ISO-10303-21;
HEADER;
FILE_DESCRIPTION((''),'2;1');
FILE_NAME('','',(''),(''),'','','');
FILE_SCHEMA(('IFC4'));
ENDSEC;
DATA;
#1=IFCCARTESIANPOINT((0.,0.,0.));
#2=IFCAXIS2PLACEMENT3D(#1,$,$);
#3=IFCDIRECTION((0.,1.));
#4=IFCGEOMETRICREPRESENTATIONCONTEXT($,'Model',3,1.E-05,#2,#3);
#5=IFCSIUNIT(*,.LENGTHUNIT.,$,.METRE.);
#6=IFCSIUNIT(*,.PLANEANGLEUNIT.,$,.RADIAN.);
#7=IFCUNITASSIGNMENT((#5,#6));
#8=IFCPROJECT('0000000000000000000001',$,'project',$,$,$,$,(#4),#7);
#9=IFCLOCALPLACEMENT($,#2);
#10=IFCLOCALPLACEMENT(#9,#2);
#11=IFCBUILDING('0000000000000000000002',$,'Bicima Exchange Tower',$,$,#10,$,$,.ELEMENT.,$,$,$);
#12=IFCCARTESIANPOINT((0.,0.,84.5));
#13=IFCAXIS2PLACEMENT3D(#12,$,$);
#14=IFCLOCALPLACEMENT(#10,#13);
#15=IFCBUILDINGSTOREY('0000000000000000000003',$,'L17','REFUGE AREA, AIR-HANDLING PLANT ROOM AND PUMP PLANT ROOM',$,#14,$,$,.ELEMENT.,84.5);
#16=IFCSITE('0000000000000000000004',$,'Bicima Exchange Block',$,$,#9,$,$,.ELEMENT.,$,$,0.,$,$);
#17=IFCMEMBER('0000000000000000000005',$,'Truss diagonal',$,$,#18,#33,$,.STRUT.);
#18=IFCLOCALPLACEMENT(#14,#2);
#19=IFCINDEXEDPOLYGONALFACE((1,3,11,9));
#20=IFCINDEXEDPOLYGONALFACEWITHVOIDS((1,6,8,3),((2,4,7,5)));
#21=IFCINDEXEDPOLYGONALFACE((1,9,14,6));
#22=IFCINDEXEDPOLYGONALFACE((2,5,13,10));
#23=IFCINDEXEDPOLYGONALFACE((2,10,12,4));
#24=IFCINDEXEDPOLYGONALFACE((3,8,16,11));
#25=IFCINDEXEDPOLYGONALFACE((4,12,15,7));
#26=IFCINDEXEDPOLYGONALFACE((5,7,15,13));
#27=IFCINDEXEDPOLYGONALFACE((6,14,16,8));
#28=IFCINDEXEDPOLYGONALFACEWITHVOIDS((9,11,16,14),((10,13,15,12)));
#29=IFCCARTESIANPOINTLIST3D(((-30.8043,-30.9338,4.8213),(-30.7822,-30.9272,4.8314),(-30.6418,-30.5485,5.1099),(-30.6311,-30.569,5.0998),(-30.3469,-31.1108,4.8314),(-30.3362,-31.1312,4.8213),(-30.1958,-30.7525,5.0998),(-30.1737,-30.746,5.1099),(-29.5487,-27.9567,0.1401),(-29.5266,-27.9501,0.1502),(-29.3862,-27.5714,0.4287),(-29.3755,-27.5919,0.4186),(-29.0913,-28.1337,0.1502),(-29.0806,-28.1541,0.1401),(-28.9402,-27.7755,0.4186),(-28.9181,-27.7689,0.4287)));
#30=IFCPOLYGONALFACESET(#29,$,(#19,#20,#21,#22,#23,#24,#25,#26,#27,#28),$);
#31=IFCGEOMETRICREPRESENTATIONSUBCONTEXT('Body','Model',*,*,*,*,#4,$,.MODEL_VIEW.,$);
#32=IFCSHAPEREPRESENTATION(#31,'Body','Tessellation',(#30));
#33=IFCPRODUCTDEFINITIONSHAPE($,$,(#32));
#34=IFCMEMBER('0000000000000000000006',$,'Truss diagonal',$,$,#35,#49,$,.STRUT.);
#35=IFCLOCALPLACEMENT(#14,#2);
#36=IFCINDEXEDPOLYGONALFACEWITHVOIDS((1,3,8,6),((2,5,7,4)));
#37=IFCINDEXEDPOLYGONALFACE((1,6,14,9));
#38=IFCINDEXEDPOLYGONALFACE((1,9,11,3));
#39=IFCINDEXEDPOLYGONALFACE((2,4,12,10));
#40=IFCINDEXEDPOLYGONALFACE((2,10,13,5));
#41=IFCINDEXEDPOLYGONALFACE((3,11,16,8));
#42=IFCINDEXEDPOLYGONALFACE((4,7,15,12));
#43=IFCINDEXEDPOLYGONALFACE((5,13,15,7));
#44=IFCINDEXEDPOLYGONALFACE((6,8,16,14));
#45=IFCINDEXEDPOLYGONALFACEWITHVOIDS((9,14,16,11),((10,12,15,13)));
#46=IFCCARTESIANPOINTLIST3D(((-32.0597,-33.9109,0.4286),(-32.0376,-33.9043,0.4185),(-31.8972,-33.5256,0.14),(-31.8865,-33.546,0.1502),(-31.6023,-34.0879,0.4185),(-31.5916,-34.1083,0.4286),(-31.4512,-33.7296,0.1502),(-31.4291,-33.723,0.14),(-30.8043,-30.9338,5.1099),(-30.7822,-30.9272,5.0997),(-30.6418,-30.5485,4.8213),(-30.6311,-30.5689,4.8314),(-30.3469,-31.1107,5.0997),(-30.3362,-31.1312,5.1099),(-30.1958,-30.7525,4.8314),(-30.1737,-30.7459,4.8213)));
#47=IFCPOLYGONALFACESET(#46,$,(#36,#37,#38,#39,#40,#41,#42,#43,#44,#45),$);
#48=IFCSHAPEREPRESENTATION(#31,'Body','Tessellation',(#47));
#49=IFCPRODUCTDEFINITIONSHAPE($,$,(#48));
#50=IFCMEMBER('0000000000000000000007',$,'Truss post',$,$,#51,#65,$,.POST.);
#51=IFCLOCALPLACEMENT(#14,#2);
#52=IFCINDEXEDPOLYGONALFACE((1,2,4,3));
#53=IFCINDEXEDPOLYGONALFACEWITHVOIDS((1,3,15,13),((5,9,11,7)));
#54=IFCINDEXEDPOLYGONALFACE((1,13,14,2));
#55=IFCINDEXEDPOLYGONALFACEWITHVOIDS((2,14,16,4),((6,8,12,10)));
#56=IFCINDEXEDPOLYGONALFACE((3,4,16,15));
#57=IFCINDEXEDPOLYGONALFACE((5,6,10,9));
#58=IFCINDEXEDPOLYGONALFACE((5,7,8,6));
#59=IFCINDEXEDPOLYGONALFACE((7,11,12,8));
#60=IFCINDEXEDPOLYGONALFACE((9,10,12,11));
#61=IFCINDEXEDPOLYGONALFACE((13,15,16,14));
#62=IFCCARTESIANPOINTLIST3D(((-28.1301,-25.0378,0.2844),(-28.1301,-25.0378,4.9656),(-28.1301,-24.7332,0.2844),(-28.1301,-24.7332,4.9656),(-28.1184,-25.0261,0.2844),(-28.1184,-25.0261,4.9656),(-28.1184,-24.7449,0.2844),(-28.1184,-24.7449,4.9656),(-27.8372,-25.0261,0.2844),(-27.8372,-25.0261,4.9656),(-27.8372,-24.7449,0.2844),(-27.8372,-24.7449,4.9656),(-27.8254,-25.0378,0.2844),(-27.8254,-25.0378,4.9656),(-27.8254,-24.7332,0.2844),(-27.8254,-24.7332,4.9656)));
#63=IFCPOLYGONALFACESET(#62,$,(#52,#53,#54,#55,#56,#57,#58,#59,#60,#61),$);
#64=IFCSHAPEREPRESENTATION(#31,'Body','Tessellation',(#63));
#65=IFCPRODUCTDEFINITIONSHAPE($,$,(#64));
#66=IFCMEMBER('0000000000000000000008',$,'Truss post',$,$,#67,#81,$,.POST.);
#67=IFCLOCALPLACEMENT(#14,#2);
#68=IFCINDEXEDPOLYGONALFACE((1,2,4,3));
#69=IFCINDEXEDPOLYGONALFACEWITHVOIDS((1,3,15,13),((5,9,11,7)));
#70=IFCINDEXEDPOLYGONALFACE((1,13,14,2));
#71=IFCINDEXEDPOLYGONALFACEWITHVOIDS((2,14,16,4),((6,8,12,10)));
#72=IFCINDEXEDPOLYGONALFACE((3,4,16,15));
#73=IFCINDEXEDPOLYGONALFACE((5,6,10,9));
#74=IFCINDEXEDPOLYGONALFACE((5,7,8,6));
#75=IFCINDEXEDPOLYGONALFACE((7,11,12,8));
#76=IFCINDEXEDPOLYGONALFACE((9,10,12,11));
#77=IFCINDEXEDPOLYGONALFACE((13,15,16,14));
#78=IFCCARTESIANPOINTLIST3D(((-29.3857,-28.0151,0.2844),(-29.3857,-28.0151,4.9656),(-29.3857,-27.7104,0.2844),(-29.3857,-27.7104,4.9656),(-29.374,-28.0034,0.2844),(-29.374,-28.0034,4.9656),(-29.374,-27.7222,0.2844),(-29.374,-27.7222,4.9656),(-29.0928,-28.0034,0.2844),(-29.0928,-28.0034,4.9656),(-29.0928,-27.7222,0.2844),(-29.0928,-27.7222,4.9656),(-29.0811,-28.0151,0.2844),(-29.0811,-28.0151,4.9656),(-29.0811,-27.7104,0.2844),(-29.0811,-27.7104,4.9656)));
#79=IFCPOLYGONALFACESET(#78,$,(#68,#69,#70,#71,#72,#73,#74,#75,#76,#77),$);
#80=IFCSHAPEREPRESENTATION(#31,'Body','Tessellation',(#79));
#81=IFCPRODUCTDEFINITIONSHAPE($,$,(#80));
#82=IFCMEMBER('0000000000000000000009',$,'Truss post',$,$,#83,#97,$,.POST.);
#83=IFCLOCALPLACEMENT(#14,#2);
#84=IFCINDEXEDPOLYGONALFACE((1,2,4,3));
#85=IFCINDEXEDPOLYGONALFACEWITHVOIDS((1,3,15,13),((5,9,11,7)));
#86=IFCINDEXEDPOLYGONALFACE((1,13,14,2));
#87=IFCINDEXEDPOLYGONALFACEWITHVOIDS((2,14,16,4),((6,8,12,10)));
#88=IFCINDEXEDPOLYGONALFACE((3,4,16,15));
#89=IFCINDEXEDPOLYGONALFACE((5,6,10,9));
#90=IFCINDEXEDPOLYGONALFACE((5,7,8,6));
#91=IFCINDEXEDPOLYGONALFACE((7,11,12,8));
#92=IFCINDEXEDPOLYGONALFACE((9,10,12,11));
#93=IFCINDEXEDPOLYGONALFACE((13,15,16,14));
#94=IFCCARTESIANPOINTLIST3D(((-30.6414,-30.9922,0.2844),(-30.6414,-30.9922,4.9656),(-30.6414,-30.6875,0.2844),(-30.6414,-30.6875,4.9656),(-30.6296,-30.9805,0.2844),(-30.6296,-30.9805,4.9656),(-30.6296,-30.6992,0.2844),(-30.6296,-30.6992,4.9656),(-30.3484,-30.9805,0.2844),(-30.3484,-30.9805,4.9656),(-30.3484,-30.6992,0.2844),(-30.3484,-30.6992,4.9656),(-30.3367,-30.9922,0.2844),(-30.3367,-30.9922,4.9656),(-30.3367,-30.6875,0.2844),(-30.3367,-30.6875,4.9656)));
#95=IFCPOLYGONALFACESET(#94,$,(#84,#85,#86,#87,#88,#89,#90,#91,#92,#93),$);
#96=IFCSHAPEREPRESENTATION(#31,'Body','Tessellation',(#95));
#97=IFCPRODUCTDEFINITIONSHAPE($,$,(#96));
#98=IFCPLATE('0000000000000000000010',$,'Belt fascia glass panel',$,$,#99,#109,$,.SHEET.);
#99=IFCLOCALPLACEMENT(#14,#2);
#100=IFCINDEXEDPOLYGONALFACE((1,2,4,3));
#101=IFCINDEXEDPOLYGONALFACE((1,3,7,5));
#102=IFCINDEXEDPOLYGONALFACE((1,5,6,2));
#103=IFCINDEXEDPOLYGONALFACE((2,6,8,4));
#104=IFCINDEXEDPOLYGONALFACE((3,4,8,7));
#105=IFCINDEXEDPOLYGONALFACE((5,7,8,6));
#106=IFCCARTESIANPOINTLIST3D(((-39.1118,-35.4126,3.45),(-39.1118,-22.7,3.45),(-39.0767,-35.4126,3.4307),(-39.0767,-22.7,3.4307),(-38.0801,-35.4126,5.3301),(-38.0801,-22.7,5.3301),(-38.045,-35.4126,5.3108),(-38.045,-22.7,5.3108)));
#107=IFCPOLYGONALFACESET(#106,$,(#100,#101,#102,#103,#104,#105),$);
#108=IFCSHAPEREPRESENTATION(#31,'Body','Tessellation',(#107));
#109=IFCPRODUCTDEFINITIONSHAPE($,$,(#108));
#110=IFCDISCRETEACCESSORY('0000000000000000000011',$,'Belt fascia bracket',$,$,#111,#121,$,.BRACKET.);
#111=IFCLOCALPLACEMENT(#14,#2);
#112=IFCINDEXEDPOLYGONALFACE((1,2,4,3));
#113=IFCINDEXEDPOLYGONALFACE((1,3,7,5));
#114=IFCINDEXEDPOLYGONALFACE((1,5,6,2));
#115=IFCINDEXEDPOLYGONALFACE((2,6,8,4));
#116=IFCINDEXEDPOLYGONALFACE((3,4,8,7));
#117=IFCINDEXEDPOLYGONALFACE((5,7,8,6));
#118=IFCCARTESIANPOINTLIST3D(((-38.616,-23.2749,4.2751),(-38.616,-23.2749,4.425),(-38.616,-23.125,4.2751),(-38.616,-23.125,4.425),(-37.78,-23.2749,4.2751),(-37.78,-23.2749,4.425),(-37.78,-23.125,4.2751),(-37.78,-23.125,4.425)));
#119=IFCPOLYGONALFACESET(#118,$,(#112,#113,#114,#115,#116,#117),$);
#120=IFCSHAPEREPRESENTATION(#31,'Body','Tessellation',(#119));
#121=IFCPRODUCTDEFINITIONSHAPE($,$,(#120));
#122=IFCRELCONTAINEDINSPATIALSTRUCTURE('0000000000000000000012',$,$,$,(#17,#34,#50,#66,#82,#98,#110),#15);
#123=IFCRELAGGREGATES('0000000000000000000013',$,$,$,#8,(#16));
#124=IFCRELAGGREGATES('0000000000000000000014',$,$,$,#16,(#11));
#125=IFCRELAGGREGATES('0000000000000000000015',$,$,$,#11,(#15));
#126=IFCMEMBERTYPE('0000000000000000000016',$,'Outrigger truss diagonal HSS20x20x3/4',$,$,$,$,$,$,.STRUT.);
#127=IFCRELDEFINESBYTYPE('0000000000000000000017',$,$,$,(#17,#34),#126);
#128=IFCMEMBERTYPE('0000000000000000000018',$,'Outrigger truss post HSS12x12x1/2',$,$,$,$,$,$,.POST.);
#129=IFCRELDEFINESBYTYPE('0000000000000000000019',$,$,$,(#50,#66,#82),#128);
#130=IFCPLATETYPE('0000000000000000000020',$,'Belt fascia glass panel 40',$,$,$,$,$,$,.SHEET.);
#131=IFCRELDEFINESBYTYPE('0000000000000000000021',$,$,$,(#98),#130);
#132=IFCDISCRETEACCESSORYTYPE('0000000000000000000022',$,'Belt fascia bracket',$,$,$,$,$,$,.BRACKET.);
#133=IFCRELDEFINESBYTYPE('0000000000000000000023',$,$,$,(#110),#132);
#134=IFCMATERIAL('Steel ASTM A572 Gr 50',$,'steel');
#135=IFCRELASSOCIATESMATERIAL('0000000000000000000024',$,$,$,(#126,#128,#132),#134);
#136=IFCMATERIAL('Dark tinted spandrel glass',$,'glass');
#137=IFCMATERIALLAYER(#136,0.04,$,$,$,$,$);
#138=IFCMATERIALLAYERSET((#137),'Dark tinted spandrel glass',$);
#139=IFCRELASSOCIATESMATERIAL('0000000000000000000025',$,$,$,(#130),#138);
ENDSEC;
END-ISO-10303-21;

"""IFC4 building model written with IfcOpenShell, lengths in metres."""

from ifc_helpers import new_model, si_unit, direction, frame, origin, origin_2d, place, context, subcontext, project, spatial, polyline, rectangle, hollow_rectangle, outline, extrude, material, layer, layer_set, material_profile, profile_set, type_object, element, save


model = new_model("IFC4")

# Units and contexts
model_context = context("Model", 3, precision=1e-05, world=origin(), true_north=direction((0.0, 1.0)))
body_context = subcontext(model_context, "Body", "Model", "MODEL_VIEW")
ifc_project = project(units=[si_unit("LENGTHUNIT", "METRE"), si_unit("PLANEANGLEUNIT", "RADIAN")], contexts=[model_context])

# Site, building, storey
site_placement = place(None, origin())
site = spatial("IfcSite", under=ifc_project, at=site_placement, Name="Bicima Exchange Block", CompositionType="ELEMENT", RefElevation=0.0)
building_placement = place(site_placement, origin())
building = spatial("IfcBuilding", under=site, at=building_placement, Name="Bicima Exchange Tower", CompositionType="ELEMENT")
storey_placement = place(building_placement, frame((0.0, 0.0, 84.5)))
storey = spatial("IfcBuildingStorey", under=building, at=storey_placement, Name="L17", Description="REFUGE AREA, AIR-HANDLING PLANT ROOM AND PUMP PLANT ROOM", CompositionType="ELEMENT", Elevation=84.5)

# Shared definitions
ifc_material_1 = material(Name="Steel ASTM A572 Gr 50", Category="steel")

# Members
ifc_material_profile_1 = material_profile(ifc_material_1, hollow_rectangle(XDim=0.5081, YDim=0.5081, WallThickness=0.0178, at=origin_2d()))
ifc_profile_set_1 = profile_set([ifc_material_profile_1], Name="Steel ASTM A572 Gr 50")
member_type_1 = type_object("IfcMemberType", Name="Outrigger truss diagonal HSS20x20x3/4", PredefinedType="STRUT", material=ifc_profile_set_1)
for number, where, z_axis, x_axis, name in (
    (1, (-29.2334, -27.8628, 0.2844), (-0.220751, -0.523398, 0.822997), (0.921401, -0.388614, 0.0), "Truss diagonal"),
    (2, (-30.489, -30.8398, 4.9656), (-0.22071, -0.523403, -0.823005), (0.921428, -0.38855, 0.0), "Truss diagonal"),
):
    element("IfcMember", number, at=place(storey_placement, frame(where, z_axis=z_axis, x_axis=x_axis)), inside=storey, type_object=member_type_1, Name=name, PredefinedType="STRUT", context=body_context, shape_type="SweptSolid", body=[
        extrude(hollow_rectangle(XDim=0.5081, YDim=0.5081, WallThickness=0.0178, at=origin_2d()), origin(), (0.0, 0.0, 1.0), 5.688),
    ])
ifc_material_profile_2 = material_profile(ifc_material_1, hollow_rectangle(XDim=0.3047, YDim=0.3047, WallThickness=0.0117, at=origin_2d()))
ifc_profile_set_2 = profile_set([ifc_material_profile_2], Name="Steel ASTM A572 Gr 50")
member_type_2 = type_object("IfcMemberType", Name="Outrigger truss post HSS12x12x1/2", PredefinedType="POST", material=ifc_profile_set_2)
for number, where, z_axis, x_axis, name in (
    (3, (-27.9778, -24.8855, 0.2844), (0.0, 0.0, 1.0), (1.0, 0.0, 0.0), "Truss post"),
    (4, (-29.2334, -27.8628, 0.2844), (0.0, 0.0, 1.0), (1.0, 0.0, 0.0), "Truss post"),
    (5, (-30.489, -30.8398, 0.2844), (0.0, 0.0, 1.0), (1.0, 0.0, 0.0), "Truss post"),
):
    element("IfcMember", number, at=place(storey_placement, frame(where, z_axis=z_axis, x_axis=x_axis)), inside=storey, type_object=member_type_2, Name=name, PredefinedType="POST", context=body_context, shape_type="SweptSolid", body=[
        extrude(hollow_rectangle(XDim=0.3047, YDim=0.3047, WallThickness=0.0117, at=origin_2d()), origin(), (0.0, 0.0, 1.0), 4.6812),
    ])

# Plate
ifc_material_2 = material(Name="Dark tinted spandrel glass", Category="glass")
ifc_layer = layer(ifc_material_2, 0.04)
ifc_layer_set = layer_set([ifc_layer], Name="Dark tinted spandrel glass")
plate_type = type_object("IfcPlateType", Name="Belt fascia glass panel 40", PredefinedType="SHEET", material=ifc_layer_set)
plate_placement = place(storey_placement, frame((-39.1118, -22.7, 3.45), z_axis=(-0.876675, 0.0, 0.481084), x_axis=(0.0, -1.0, 0.0)))
element("IfcPlate", 6, at=plate_placement, inside=storey, type_object=plate_type, Name="Belt fascia glass panel", PredefinedType="SHEET", context=body_context, shape_type="SweptSolid", body=[
    extrude(outline(polyline([(0.0, 0.0), (12.7126, 0.0), (12.7126, 2.1446), (0.0, 2.1446), (0.0, 0.0)])), origin(), (0.0, 0.0, -1.0), 0.04),
])

# Discrete accessory
discrete_accessory_type = type_object("IfcDiscreteAccessoryType", Name="Belt fascia bracket", PredefinedType="BRACKET", material=ifc_material_1)
discrete_accessory_placement = place(storey_placement, frame((-38.198, -23.2, 4.2751), z_axis=(0.0, 0.0, 1.0), x_axis=(0.0, -1.0, 0.0)))
element("IfcDiscreteAccessory", 7, at=discrete_accessory_placement, inside=storey, type_object=discrete_accessory_type, Name="Belt fascia bracket", PredefinedType="BRACKET", context=body_context, shape_type="SweptSolid", body=[
    extrude(rectangle(XDim=0.1499, YDim=0.8359, at=origin_2d()), origin(), (0.0, 0.0, 1.0), 0.1499),
])

save(model, "model.ifc")
